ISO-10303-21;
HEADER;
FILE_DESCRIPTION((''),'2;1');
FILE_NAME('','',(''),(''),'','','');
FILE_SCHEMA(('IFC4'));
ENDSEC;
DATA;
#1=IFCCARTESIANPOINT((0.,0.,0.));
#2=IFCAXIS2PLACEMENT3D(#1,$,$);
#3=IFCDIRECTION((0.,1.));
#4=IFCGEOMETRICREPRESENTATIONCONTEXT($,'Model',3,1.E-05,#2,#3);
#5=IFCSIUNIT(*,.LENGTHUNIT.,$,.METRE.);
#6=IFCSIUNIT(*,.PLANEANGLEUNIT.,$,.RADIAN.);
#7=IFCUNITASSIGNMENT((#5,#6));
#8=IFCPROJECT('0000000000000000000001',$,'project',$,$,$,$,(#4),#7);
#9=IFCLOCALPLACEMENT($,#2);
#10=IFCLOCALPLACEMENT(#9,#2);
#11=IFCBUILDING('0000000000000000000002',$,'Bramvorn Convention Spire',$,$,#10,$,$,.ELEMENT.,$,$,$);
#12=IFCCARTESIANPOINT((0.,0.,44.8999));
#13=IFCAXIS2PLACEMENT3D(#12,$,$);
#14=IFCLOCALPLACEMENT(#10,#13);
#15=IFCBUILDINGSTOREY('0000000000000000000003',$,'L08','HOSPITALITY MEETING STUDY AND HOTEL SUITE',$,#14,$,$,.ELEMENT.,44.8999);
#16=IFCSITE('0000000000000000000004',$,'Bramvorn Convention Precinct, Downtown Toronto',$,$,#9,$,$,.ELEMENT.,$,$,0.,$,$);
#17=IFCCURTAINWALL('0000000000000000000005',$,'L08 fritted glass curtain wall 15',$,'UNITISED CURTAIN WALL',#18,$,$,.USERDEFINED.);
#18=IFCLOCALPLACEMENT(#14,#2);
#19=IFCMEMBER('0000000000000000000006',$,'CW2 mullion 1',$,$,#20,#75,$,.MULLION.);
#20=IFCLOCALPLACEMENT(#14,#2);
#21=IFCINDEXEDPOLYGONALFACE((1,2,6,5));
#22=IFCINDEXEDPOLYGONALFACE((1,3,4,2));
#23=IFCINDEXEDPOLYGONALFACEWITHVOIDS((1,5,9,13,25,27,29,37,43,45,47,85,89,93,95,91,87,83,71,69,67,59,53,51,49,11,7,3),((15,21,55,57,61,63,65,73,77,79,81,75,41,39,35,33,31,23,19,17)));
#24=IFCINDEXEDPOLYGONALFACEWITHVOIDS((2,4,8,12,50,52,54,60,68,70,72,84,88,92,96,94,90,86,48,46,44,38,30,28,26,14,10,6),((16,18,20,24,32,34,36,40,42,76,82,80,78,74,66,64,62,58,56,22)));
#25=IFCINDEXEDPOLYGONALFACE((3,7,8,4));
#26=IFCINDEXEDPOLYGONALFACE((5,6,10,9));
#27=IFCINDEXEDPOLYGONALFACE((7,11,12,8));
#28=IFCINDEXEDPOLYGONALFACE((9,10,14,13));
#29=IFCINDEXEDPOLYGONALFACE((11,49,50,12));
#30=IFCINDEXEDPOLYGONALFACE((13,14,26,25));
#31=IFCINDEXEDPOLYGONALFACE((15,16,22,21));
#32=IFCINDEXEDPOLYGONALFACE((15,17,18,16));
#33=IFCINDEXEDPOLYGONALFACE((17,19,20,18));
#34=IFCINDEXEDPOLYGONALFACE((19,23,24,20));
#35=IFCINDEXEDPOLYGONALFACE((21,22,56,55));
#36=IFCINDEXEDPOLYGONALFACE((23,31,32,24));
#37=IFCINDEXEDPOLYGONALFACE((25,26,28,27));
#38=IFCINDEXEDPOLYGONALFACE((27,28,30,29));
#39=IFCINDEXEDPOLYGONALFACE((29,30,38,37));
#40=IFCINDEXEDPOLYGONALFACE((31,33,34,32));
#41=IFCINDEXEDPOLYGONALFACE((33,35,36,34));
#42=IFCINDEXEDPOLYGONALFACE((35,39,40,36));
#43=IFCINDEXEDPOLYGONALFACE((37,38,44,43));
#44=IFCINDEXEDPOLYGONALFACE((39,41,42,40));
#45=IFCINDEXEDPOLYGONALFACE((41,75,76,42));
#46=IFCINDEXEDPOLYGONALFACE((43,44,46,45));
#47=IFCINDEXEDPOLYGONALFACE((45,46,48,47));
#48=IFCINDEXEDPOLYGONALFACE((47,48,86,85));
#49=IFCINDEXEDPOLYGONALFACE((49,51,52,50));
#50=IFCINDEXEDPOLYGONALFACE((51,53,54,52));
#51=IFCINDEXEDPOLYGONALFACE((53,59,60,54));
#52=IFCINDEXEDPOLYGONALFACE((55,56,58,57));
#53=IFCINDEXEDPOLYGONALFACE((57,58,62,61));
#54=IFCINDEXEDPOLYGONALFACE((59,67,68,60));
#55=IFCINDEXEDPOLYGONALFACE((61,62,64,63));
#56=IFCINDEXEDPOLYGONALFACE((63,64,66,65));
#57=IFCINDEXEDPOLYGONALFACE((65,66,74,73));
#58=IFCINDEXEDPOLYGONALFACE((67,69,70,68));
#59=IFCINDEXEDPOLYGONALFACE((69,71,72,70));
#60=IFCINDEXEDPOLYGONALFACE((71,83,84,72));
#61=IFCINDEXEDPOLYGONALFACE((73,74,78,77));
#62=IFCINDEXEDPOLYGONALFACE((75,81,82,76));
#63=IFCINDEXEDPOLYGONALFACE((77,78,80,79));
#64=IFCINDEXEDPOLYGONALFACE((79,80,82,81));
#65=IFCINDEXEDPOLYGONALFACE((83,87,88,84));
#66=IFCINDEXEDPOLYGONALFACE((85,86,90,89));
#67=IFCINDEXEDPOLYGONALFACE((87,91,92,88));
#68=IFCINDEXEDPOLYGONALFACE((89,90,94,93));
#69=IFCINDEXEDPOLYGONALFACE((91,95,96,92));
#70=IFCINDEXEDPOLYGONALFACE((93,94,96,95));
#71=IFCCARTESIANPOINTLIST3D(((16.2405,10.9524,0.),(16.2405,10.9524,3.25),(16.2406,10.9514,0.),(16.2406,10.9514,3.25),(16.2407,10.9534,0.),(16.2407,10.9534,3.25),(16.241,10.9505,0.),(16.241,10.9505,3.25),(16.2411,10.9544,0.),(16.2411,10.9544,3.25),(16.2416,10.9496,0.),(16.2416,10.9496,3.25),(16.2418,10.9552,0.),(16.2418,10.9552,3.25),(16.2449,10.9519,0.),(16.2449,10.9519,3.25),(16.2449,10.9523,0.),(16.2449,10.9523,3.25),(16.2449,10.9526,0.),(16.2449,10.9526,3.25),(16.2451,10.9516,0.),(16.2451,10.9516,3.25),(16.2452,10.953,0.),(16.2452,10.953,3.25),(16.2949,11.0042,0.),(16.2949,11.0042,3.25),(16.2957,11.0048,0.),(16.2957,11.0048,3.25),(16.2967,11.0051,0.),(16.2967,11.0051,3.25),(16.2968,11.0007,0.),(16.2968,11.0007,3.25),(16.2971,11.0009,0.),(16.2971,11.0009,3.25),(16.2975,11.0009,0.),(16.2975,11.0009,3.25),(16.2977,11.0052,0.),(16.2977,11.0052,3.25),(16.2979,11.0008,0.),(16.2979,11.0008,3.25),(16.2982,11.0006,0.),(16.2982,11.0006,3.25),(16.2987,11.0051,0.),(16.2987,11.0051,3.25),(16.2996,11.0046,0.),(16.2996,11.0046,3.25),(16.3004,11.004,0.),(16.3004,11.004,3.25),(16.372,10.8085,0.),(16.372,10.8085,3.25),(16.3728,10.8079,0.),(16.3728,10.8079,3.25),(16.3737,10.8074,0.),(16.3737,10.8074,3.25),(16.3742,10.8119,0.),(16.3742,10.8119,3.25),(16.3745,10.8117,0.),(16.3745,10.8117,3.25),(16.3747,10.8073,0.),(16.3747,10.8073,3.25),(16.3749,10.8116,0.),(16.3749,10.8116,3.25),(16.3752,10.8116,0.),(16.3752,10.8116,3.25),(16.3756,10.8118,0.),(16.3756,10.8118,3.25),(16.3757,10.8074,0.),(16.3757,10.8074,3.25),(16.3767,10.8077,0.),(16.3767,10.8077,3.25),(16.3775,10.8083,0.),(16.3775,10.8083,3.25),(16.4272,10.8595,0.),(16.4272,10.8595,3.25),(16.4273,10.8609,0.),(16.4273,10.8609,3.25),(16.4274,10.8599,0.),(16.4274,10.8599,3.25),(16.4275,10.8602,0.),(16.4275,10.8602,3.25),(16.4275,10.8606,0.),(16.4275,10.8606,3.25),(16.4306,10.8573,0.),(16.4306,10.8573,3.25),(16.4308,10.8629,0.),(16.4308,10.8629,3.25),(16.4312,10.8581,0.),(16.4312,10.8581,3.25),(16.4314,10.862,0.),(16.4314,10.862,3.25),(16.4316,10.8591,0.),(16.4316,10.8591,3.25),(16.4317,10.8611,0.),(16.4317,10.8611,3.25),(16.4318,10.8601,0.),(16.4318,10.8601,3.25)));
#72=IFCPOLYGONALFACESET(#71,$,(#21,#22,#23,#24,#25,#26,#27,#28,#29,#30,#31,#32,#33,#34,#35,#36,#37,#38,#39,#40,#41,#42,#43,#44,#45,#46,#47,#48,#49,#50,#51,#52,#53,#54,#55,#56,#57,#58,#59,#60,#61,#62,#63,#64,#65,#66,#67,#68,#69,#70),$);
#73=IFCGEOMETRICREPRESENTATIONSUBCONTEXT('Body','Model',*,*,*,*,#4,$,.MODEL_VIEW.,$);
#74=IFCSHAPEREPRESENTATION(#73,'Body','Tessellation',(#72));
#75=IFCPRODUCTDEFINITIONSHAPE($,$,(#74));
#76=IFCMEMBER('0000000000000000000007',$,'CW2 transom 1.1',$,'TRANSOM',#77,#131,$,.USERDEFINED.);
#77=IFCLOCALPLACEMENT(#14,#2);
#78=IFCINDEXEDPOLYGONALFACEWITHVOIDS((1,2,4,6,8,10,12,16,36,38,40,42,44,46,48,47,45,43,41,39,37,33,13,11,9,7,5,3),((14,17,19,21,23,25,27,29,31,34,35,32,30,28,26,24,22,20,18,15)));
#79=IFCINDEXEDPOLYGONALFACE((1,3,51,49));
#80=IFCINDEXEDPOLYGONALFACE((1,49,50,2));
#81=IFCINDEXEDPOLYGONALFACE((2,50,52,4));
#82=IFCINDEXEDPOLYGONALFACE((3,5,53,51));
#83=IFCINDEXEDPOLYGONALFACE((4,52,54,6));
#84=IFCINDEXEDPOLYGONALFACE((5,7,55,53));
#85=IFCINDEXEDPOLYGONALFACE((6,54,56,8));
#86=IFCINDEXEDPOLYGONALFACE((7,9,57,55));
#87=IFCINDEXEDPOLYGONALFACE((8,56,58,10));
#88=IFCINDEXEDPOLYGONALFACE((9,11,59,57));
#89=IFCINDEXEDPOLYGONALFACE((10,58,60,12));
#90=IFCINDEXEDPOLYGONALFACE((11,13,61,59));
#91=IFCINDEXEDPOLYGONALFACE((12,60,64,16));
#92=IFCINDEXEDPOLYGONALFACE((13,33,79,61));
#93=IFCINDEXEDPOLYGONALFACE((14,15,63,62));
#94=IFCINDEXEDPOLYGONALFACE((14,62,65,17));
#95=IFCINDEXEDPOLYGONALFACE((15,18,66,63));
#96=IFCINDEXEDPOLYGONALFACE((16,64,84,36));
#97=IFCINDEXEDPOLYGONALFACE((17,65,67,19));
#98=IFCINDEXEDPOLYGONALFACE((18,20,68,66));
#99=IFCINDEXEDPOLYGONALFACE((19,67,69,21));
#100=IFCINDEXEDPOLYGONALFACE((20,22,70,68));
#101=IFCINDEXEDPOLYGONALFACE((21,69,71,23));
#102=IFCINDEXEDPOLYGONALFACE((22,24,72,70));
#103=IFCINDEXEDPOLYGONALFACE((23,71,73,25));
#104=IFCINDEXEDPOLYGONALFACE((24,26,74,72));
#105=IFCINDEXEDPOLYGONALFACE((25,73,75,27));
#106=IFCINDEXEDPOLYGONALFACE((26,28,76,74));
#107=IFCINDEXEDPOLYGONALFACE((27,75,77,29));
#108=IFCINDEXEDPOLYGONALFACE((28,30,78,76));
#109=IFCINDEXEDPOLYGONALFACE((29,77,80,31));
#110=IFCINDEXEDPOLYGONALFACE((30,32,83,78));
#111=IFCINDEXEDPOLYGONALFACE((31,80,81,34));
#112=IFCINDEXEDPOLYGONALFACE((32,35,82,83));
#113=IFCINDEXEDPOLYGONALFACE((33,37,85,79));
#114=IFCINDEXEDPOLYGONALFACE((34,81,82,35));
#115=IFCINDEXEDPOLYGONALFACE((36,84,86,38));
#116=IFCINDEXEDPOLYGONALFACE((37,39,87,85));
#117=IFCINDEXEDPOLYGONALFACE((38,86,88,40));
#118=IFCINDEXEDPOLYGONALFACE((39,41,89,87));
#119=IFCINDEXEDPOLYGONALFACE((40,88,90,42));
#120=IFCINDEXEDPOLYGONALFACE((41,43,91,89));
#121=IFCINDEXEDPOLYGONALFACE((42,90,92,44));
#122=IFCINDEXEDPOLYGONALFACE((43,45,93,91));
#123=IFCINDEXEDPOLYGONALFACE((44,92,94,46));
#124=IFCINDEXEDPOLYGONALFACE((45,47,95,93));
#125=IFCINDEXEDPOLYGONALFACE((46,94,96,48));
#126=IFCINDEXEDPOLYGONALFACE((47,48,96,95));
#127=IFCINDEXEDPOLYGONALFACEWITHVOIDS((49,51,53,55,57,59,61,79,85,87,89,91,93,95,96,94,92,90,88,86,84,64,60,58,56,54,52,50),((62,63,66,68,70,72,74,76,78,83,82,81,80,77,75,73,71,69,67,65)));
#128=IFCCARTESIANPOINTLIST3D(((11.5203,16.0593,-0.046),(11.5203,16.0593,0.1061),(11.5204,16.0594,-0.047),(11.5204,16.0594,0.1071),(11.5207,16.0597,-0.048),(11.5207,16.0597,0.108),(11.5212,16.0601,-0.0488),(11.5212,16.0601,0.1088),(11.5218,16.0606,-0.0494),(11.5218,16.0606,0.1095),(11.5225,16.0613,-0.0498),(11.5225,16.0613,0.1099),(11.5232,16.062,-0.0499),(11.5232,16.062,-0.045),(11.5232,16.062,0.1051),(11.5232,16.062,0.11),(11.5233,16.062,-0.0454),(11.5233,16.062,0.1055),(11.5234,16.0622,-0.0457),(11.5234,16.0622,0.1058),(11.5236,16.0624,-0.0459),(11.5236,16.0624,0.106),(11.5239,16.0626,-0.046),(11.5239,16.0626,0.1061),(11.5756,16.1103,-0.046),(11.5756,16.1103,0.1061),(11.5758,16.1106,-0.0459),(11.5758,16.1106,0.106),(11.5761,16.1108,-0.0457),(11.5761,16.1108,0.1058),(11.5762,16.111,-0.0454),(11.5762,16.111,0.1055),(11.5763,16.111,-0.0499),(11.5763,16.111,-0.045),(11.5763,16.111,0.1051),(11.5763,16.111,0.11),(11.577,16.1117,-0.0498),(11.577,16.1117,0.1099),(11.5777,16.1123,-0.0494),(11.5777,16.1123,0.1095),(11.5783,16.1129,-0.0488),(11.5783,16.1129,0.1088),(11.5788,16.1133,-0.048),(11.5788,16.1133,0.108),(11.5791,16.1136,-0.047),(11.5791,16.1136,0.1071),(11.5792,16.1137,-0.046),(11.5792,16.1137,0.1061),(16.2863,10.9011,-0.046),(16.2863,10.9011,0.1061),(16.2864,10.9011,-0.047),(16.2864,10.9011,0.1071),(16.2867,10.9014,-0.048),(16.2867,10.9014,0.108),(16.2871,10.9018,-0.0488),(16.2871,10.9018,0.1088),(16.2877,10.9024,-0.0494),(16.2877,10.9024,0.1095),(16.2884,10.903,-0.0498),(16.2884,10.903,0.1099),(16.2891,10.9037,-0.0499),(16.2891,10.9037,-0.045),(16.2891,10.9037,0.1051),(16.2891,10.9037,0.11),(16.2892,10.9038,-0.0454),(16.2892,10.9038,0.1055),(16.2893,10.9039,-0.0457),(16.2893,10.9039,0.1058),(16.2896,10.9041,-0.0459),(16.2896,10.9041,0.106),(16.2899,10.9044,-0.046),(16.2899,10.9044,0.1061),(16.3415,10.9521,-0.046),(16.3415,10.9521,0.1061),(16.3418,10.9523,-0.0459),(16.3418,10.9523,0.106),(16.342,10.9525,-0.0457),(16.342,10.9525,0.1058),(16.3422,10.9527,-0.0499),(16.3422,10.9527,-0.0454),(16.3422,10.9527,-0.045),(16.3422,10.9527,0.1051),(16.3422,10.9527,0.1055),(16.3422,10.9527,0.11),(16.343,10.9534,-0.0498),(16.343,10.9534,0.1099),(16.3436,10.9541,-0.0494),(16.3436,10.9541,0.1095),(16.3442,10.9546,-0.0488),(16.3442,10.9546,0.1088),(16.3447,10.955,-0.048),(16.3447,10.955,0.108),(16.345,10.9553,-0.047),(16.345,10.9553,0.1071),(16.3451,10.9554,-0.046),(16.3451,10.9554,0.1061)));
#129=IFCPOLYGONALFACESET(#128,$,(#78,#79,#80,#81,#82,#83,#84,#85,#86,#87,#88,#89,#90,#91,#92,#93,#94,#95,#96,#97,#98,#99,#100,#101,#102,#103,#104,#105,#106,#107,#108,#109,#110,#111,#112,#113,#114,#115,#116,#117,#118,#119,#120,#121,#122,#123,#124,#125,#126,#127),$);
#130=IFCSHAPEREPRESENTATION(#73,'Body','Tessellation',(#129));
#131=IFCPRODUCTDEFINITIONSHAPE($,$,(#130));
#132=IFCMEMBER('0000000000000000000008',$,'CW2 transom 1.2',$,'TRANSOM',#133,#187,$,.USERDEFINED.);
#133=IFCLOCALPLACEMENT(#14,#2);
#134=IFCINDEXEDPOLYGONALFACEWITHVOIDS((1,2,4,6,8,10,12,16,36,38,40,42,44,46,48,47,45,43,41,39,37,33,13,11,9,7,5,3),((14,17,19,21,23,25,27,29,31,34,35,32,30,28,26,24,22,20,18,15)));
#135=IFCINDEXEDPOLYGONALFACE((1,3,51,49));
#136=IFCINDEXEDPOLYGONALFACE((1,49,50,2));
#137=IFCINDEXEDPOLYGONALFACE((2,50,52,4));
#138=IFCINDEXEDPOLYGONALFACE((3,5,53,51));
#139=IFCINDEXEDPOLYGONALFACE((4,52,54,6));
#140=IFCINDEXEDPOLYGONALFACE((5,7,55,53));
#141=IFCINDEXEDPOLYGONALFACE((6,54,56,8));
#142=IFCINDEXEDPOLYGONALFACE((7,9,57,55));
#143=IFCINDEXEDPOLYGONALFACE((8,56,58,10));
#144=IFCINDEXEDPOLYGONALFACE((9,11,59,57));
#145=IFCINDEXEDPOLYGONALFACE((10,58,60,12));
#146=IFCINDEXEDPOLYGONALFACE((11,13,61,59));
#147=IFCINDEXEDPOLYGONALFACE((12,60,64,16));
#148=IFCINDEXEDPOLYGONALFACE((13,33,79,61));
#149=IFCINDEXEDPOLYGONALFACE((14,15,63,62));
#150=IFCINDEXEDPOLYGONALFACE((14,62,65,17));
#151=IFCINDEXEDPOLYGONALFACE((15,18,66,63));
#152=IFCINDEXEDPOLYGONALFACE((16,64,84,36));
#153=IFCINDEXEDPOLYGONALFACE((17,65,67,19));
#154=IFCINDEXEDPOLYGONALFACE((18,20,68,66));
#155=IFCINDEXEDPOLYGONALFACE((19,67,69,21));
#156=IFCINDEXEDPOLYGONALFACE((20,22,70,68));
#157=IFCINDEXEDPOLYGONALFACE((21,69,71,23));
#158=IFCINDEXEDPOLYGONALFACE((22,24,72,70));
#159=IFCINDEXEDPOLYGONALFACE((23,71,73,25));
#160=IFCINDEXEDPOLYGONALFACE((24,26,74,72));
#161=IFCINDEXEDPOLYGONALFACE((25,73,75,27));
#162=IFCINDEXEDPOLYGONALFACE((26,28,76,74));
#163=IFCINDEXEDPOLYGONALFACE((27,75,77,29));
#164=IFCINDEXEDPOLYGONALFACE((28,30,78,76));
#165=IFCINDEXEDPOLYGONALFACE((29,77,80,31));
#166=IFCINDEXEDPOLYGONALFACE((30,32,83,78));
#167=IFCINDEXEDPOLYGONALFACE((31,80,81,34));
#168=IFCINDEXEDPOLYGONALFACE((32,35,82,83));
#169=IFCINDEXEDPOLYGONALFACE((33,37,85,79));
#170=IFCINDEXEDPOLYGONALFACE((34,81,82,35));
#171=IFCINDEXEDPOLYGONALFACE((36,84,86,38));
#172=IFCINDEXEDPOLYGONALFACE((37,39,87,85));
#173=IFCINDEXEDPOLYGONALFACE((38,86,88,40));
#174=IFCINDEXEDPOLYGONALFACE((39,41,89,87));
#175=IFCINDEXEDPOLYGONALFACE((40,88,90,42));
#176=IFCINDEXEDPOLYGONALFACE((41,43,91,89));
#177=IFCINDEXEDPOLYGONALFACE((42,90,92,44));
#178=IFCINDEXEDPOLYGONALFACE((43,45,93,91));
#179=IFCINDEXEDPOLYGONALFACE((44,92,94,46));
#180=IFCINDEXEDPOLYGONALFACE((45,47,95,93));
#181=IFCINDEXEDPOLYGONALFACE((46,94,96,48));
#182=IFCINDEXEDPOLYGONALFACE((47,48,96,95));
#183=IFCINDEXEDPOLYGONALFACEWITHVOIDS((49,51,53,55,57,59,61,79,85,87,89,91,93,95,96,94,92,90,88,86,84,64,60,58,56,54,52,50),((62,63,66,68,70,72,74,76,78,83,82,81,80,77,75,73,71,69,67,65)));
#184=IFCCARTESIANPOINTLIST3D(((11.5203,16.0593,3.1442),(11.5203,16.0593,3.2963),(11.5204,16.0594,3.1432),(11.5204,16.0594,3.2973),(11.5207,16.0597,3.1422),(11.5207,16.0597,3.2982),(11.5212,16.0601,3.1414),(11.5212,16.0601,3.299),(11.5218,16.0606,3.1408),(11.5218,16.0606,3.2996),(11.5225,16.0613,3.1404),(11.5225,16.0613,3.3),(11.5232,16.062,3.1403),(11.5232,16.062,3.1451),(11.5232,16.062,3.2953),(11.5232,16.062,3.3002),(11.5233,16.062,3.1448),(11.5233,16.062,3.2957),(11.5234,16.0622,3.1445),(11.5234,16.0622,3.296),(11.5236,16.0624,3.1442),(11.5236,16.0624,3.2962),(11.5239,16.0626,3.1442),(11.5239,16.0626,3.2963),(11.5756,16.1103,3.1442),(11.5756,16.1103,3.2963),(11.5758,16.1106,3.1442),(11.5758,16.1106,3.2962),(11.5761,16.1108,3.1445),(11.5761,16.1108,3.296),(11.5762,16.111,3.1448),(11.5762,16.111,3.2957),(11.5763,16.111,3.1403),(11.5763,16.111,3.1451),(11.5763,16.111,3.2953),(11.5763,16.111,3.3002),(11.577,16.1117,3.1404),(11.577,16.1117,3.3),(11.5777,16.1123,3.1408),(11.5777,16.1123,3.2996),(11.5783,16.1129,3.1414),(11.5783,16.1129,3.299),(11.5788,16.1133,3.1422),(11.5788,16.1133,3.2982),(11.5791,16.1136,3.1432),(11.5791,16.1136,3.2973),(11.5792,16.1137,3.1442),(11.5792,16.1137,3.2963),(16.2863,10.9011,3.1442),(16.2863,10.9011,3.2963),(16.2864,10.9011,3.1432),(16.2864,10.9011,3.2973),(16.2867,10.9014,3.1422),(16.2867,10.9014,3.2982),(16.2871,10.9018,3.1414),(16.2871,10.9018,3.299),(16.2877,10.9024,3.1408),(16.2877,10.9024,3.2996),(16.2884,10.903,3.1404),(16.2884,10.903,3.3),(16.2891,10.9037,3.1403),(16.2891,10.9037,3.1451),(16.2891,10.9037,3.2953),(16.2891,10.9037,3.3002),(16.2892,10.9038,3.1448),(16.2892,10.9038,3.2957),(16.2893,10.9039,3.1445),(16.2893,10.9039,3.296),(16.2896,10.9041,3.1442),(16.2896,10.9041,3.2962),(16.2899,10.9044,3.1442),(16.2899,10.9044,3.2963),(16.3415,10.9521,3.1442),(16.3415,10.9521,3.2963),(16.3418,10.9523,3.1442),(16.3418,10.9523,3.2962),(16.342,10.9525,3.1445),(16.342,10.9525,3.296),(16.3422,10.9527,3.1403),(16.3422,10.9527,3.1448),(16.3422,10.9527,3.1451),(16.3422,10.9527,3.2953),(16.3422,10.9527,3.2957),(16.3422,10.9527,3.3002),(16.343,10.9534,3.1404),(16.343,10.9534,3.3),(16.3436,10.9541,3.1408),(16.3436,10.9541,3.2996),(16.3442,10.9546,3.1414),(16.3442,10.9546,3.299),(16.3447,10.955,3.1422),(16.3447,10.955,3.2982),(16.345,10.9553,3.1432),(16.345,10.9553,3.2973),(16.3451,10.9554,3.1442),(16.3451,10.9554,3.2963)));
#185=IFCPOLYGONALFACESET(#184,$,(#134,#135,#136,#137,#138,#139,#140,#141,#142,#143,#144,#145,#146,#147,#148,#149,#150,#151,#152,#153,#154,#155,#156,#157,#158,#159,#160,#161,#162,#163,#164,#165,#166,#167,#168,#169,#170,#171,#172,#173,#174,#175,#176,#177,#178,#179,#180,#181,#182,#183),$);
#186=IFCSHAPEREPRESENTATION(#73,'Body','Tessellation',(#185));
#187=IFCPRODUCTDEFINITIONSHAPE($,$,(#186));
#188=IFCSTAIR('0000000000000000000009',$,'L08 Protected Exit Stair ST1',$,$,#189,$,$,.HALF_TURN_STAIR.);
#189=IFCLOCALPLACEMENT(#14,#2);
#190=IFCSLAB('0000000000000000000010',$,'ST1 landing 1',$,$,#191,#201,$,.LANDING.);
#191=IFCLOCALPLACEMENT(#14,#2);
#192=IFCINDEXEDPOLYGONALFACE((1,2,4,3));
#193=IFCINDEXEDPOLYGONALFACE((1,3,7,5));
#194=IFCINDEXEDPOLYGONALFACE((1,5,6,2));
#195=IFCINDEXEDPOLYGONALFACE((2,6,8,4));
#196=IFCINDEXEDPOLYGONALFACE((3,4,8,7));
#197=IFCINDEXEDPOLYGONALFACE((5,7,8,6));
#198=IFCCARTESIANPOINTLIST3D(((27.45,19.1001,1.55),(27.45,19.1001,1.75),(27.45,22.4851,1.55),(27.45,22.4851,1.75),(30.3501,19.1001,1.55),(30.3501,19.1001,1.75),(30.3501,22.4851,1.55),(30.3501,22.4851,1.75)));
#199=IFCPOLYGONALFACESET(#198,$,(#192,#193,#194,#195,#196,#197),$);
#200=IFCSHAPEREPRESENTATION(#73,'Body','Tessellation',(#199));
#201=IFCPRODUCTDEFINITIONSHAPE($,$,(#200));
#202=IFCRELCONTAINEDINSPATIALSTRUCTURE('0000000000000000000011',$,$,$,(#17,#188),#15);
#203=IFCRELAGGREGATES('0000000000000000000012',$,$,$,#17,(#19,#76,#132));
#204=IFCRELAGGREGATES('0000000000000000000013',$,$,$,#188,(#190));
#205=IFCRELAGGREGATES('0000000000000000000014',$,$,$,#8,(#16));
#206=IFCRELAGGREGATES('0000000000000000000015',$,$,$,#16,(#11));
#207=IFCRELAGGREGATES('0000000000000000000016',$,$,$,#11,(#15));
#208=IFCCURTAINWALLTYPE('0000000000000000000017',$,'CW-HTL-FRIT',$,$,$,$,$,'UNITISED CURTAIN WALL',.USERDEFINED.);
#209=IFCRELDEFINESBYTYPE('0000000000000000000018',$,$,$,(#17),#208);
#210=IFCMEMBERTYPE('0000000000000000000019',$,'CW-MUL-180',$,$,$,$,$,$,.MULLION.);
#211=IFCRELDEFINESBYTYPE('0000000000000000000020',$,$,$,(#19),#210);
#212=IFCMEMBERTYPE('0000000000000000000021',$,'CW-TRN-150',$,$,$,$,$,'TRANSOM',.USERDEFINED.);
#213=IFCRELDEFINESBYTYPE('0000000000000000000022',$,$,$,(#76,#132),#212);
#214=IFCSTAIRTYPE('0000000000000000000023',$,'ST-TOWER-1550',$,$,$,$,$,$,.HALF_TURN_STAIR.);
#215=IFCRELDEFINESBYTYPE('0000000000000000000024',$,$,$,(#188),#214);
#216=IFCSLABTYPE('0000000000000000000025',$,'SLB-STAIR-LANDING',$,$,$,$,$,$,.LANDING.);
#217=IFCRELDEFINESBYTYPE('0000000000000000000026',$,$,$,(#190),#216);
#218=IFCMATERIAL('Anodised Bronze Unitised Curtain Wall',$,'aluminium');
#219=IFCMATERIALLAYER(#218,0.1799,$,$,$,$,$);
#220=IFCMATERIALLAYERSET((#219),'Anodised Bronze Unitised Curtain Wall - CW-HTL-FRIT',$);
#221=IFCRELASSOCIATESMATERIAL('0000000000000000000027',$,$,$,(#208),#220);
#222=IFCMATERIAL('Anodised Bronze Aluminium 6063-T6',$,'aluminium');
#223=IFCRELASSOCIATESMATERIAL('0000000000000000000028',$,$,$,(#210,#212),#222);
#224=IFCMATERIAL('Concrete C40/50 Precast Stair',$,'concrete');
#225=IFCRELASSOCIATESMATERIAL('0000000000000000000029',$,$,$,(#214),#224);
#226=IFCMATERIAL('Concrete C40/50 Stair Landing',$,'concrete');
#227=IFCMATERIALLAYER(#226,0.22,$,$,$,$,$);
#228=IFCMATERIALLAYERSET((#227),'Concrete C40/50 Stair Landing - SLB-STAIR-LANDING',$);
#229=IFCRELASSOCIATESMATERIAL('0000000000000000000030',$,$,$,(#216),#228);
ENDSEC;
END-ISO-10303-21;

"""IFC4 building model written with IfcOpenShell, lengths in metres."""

from ifc_helpers import new_model, si_unit, direction, frame, origin, origin_2d, place, context, subcontext, project, spatial, polyline, hollow_rectangle, outline, extrude, material, layer, layer_set, material_profile, profile_set, type_object, element, aggregate, save


model = new_model("IFC4")

# Units and contexts
model_context = context("Model", 3, precision=1e-05, world=origin(), true_north=direction((0.0, 1.0)))
body_context = subcontext(model_context, "Body", "Model", "MODEL_VIEW")
ifc_project = project(units=[si_unit("LENGTHUNIT", "METRE"), si_unit("PLANEANGLEUNIT", "RADIAN")], contexts=[model_context])

# Site, building, storey
site_placement = place(None, origin())
site = spatial("IfcSite", under=ifc_project, at=site_placement, Name="Bramvorn Convention Precinct, Downtown Toronto", CompositionType="ELEMENT", RefElevation=0.0)
building_placement = place(site_placement, origin())
building = spatial("IfcBuilding", under=site, at=building_placement, Name="Bramvorn Convention Spire", CompositionType="ELEMENT")
storey_placement = place(building_placement, frame((0.0, 0.0, 44.8999)))
storey = spatial("IfcBuildingStorey", under=building, at=storey_placement, Name="L08", Description="HOSPITALITY MEETING STUDY AND HOTEL SUITE", CompositionType="ELEMENT", Elevation=44.8999)

# Curtain wall, members
ifc_material_1 = material(Name="Anodised Bronze Unitised Curtain Wall", Category="aluminium")
ifc_layer_1 = layer(ifc_material_1, 0.1799)
ifc_layer_set_1 = layer_set([ifc_layer_1], Name="Anodised Bronze Unitised Curtain Wall - CW-HTL-FRIT")
curtain_wall_type = type_object("IfcCurtainWallType", Name="CW-HTL-FRIT", ElementType="UNITISED CURTAIN WALL", PredefinedType="USERDEFINED", material=ifc_layer_set_1)
curtain_wall_placement = place(storey_placement, origin())
curtain_wall = element("IfcCurtainWall", 1, at=curtain_wall_placement, inside=storey, type_object=curtain_wall_type, Name="L08 fritted glass curtain wall 15", ObjectType="UNITISED CURTAIN WALL", PredefinedType="USERDEFINED")
ifc_material_2 = material(Name="Anodised Bronze Aluminium 6063-T6", Category="aluminium")
ifc_material_profile_1 = material_profile(ifc_material_2, hollow_rectangle(XDim=0.0801, YDim=0.2, WallThickness=0.0039, InnerFilletRadius=0.001, OuterFilletRadius=0.0039, at=origin_2d()))
ifc_profile_set_1 = profile_set([ifc_material_profile_1], Name="Anodised Bronze Aluminium 6063-T6 - CWM80X200")
member_type_1 = type_object("IfcMemberType", Name="CW-MUL-180", PredefinedType="MULLION", material=ifc_profile_set_1)
member_1_placement = place(storey_placement, frame((16.3362, 10.9062, 0.0), z_axis=(0.0, 0.0, 1.0), x_axis=(-0.734478, -0.678632, 0.0)))
member_1 = element("IfcMember", 2, at=member_1_placement, type_object=member_type_1, Name="CW2 mullion 1", PredefinedType="MULLION", context=body_context, shape_type="SweptSolid", body=[
    extrude(hollow_rectangle(XDim=0.0801, YDim=0.2, WallThickness=0.0039, InnerFilletRadius=0.001, OuterFilletRadius=0.0039, at=origin_2d()), origin(), (0.0, 0.0, 1.0), 3.25),
])
ifc_material_profile_2 = material_profile(ifc_material_2, hollow_rectangle(XDim=0.0801, YDim=0.1599, WallThickness=0.0039, InnerFilletRadius=0.001, OuterFilletRadius=0.0039, at=origin_2d()))
ifc_profile_set_2 = profile_set([ifc_material_profile_2], Name="Anodised Bronze Aluminium 6063-T6 - CWT80X160")
member_type_2 = type_object("IfcMemberType", Name="CW-TRN-150", ElementType="TRANSOM", PredefinedType="USERDEFINED", material=ifc_profile_set_2)
member_2_placement = place(storey_placement, frame((16.3157, 10.9282, 0.03), z_axis=(-0.678622, 0.734487, 0.0), x_axis=(-0.734487, -0.678622, 0.0)))
member_2 = element("IfcMember", 3, at=member_2_placement, type_object=member_type_2, Name="CW2 transom 1.1", ObjectType="TRANSOM", PredefinedType="USERDEFINED", context=body_context, shape_type="SweptSolid", body=[
    extrude(hollow_rectangle(XDim=0.0801, YDim=0.1599, WallThickness=0.0039, InnerFilletRadius=0.001, OuterFilletRadius=0.0039, at=origin_2d()), origin(), (0.0, 0.0, 1.0), 7.0229),
])
member_3_placement = place(storey_placement, frame((16.3157, 10.9282, 3.2202), z_axis=(-0.678622, 0.734487, 0.0), x_axis=(-0.734487, -0.678622, 0.0)))
member_3 = element("IfcMember", 4, at=member_3_placement, type_object=member_type_2, Name="CW2 transom 1.2", ObjectType="TRANSOM", PredefinedType="USERDEFINED", context=body_context, shape_type="SweptSolid", body=[
    extrude(hollow_rectangle(XDim=0.0801, YDim=0.1599, WallThickness=0.0039, InnerFilletRadius=0.001, OuterFilletRadius=0.0039, at=origin_2d()), origin(), (0.0, 0.0, 1.0), 7.0229),
])
aggregate(curtain_wall, [member_1, member_2, member_3])

# Stair, slab
ifc_material_3 = material(Name="Concrete C40/50 Precast Stair", Category="concrete")
stair_type = type_object("IfcStairType", Name="ST-TOWER-1550", PredefinedType="HALF_TURN_STAIR", material=ifc_material_3)
stair_1_placement = place(storey_placement, origin())
stair_1 = element("IfcStair", 5, at=stair_1_placement, inside=storey, type_object=stair_type, Name="L08 Protected Exit Stair ST1", PredefinedType="HALF_TURN_STAIR")
ifc_material_4 = material(Name="Concrete C40/50 Stair Landing", Category="concrete")
ifc_layer_2 = layer(ifc_material_4, 0.22)
ifc_layer_set_2 = layer_set([ifc_layer_2], Name="Concrete C40/50 Stair Landing - SLB-STAIR-LANDING")
slab_type_1 = type_object("IfcSlabType", Name="SLB-STAIR-LANDING", PredefinedType="LANDING", material=ifc_layer_set_2)
slab_1_placement = place(storey_placement, frame((0.0, 0.0, 1.55)))
slab_1 = element("IfcSlab", 6, at=slab_1_placement, type_object=slab_type_1, Name="ST1 landing 1", PredefinedType="LANDING", context=body_context, shape_type="SweptSolid", body=[
    extrude(outline(polyline([(27.45, 22.4851), (27.45, 19.1001), (30.3501, 19.1001), (30.3501, 22.4851), (27.45, 22.4851)])), origin(), (0.0, 0.0, 1.0), 0.2),
])
aggregate(stair_1, [slab_1])

save(model, "model.ifc")
